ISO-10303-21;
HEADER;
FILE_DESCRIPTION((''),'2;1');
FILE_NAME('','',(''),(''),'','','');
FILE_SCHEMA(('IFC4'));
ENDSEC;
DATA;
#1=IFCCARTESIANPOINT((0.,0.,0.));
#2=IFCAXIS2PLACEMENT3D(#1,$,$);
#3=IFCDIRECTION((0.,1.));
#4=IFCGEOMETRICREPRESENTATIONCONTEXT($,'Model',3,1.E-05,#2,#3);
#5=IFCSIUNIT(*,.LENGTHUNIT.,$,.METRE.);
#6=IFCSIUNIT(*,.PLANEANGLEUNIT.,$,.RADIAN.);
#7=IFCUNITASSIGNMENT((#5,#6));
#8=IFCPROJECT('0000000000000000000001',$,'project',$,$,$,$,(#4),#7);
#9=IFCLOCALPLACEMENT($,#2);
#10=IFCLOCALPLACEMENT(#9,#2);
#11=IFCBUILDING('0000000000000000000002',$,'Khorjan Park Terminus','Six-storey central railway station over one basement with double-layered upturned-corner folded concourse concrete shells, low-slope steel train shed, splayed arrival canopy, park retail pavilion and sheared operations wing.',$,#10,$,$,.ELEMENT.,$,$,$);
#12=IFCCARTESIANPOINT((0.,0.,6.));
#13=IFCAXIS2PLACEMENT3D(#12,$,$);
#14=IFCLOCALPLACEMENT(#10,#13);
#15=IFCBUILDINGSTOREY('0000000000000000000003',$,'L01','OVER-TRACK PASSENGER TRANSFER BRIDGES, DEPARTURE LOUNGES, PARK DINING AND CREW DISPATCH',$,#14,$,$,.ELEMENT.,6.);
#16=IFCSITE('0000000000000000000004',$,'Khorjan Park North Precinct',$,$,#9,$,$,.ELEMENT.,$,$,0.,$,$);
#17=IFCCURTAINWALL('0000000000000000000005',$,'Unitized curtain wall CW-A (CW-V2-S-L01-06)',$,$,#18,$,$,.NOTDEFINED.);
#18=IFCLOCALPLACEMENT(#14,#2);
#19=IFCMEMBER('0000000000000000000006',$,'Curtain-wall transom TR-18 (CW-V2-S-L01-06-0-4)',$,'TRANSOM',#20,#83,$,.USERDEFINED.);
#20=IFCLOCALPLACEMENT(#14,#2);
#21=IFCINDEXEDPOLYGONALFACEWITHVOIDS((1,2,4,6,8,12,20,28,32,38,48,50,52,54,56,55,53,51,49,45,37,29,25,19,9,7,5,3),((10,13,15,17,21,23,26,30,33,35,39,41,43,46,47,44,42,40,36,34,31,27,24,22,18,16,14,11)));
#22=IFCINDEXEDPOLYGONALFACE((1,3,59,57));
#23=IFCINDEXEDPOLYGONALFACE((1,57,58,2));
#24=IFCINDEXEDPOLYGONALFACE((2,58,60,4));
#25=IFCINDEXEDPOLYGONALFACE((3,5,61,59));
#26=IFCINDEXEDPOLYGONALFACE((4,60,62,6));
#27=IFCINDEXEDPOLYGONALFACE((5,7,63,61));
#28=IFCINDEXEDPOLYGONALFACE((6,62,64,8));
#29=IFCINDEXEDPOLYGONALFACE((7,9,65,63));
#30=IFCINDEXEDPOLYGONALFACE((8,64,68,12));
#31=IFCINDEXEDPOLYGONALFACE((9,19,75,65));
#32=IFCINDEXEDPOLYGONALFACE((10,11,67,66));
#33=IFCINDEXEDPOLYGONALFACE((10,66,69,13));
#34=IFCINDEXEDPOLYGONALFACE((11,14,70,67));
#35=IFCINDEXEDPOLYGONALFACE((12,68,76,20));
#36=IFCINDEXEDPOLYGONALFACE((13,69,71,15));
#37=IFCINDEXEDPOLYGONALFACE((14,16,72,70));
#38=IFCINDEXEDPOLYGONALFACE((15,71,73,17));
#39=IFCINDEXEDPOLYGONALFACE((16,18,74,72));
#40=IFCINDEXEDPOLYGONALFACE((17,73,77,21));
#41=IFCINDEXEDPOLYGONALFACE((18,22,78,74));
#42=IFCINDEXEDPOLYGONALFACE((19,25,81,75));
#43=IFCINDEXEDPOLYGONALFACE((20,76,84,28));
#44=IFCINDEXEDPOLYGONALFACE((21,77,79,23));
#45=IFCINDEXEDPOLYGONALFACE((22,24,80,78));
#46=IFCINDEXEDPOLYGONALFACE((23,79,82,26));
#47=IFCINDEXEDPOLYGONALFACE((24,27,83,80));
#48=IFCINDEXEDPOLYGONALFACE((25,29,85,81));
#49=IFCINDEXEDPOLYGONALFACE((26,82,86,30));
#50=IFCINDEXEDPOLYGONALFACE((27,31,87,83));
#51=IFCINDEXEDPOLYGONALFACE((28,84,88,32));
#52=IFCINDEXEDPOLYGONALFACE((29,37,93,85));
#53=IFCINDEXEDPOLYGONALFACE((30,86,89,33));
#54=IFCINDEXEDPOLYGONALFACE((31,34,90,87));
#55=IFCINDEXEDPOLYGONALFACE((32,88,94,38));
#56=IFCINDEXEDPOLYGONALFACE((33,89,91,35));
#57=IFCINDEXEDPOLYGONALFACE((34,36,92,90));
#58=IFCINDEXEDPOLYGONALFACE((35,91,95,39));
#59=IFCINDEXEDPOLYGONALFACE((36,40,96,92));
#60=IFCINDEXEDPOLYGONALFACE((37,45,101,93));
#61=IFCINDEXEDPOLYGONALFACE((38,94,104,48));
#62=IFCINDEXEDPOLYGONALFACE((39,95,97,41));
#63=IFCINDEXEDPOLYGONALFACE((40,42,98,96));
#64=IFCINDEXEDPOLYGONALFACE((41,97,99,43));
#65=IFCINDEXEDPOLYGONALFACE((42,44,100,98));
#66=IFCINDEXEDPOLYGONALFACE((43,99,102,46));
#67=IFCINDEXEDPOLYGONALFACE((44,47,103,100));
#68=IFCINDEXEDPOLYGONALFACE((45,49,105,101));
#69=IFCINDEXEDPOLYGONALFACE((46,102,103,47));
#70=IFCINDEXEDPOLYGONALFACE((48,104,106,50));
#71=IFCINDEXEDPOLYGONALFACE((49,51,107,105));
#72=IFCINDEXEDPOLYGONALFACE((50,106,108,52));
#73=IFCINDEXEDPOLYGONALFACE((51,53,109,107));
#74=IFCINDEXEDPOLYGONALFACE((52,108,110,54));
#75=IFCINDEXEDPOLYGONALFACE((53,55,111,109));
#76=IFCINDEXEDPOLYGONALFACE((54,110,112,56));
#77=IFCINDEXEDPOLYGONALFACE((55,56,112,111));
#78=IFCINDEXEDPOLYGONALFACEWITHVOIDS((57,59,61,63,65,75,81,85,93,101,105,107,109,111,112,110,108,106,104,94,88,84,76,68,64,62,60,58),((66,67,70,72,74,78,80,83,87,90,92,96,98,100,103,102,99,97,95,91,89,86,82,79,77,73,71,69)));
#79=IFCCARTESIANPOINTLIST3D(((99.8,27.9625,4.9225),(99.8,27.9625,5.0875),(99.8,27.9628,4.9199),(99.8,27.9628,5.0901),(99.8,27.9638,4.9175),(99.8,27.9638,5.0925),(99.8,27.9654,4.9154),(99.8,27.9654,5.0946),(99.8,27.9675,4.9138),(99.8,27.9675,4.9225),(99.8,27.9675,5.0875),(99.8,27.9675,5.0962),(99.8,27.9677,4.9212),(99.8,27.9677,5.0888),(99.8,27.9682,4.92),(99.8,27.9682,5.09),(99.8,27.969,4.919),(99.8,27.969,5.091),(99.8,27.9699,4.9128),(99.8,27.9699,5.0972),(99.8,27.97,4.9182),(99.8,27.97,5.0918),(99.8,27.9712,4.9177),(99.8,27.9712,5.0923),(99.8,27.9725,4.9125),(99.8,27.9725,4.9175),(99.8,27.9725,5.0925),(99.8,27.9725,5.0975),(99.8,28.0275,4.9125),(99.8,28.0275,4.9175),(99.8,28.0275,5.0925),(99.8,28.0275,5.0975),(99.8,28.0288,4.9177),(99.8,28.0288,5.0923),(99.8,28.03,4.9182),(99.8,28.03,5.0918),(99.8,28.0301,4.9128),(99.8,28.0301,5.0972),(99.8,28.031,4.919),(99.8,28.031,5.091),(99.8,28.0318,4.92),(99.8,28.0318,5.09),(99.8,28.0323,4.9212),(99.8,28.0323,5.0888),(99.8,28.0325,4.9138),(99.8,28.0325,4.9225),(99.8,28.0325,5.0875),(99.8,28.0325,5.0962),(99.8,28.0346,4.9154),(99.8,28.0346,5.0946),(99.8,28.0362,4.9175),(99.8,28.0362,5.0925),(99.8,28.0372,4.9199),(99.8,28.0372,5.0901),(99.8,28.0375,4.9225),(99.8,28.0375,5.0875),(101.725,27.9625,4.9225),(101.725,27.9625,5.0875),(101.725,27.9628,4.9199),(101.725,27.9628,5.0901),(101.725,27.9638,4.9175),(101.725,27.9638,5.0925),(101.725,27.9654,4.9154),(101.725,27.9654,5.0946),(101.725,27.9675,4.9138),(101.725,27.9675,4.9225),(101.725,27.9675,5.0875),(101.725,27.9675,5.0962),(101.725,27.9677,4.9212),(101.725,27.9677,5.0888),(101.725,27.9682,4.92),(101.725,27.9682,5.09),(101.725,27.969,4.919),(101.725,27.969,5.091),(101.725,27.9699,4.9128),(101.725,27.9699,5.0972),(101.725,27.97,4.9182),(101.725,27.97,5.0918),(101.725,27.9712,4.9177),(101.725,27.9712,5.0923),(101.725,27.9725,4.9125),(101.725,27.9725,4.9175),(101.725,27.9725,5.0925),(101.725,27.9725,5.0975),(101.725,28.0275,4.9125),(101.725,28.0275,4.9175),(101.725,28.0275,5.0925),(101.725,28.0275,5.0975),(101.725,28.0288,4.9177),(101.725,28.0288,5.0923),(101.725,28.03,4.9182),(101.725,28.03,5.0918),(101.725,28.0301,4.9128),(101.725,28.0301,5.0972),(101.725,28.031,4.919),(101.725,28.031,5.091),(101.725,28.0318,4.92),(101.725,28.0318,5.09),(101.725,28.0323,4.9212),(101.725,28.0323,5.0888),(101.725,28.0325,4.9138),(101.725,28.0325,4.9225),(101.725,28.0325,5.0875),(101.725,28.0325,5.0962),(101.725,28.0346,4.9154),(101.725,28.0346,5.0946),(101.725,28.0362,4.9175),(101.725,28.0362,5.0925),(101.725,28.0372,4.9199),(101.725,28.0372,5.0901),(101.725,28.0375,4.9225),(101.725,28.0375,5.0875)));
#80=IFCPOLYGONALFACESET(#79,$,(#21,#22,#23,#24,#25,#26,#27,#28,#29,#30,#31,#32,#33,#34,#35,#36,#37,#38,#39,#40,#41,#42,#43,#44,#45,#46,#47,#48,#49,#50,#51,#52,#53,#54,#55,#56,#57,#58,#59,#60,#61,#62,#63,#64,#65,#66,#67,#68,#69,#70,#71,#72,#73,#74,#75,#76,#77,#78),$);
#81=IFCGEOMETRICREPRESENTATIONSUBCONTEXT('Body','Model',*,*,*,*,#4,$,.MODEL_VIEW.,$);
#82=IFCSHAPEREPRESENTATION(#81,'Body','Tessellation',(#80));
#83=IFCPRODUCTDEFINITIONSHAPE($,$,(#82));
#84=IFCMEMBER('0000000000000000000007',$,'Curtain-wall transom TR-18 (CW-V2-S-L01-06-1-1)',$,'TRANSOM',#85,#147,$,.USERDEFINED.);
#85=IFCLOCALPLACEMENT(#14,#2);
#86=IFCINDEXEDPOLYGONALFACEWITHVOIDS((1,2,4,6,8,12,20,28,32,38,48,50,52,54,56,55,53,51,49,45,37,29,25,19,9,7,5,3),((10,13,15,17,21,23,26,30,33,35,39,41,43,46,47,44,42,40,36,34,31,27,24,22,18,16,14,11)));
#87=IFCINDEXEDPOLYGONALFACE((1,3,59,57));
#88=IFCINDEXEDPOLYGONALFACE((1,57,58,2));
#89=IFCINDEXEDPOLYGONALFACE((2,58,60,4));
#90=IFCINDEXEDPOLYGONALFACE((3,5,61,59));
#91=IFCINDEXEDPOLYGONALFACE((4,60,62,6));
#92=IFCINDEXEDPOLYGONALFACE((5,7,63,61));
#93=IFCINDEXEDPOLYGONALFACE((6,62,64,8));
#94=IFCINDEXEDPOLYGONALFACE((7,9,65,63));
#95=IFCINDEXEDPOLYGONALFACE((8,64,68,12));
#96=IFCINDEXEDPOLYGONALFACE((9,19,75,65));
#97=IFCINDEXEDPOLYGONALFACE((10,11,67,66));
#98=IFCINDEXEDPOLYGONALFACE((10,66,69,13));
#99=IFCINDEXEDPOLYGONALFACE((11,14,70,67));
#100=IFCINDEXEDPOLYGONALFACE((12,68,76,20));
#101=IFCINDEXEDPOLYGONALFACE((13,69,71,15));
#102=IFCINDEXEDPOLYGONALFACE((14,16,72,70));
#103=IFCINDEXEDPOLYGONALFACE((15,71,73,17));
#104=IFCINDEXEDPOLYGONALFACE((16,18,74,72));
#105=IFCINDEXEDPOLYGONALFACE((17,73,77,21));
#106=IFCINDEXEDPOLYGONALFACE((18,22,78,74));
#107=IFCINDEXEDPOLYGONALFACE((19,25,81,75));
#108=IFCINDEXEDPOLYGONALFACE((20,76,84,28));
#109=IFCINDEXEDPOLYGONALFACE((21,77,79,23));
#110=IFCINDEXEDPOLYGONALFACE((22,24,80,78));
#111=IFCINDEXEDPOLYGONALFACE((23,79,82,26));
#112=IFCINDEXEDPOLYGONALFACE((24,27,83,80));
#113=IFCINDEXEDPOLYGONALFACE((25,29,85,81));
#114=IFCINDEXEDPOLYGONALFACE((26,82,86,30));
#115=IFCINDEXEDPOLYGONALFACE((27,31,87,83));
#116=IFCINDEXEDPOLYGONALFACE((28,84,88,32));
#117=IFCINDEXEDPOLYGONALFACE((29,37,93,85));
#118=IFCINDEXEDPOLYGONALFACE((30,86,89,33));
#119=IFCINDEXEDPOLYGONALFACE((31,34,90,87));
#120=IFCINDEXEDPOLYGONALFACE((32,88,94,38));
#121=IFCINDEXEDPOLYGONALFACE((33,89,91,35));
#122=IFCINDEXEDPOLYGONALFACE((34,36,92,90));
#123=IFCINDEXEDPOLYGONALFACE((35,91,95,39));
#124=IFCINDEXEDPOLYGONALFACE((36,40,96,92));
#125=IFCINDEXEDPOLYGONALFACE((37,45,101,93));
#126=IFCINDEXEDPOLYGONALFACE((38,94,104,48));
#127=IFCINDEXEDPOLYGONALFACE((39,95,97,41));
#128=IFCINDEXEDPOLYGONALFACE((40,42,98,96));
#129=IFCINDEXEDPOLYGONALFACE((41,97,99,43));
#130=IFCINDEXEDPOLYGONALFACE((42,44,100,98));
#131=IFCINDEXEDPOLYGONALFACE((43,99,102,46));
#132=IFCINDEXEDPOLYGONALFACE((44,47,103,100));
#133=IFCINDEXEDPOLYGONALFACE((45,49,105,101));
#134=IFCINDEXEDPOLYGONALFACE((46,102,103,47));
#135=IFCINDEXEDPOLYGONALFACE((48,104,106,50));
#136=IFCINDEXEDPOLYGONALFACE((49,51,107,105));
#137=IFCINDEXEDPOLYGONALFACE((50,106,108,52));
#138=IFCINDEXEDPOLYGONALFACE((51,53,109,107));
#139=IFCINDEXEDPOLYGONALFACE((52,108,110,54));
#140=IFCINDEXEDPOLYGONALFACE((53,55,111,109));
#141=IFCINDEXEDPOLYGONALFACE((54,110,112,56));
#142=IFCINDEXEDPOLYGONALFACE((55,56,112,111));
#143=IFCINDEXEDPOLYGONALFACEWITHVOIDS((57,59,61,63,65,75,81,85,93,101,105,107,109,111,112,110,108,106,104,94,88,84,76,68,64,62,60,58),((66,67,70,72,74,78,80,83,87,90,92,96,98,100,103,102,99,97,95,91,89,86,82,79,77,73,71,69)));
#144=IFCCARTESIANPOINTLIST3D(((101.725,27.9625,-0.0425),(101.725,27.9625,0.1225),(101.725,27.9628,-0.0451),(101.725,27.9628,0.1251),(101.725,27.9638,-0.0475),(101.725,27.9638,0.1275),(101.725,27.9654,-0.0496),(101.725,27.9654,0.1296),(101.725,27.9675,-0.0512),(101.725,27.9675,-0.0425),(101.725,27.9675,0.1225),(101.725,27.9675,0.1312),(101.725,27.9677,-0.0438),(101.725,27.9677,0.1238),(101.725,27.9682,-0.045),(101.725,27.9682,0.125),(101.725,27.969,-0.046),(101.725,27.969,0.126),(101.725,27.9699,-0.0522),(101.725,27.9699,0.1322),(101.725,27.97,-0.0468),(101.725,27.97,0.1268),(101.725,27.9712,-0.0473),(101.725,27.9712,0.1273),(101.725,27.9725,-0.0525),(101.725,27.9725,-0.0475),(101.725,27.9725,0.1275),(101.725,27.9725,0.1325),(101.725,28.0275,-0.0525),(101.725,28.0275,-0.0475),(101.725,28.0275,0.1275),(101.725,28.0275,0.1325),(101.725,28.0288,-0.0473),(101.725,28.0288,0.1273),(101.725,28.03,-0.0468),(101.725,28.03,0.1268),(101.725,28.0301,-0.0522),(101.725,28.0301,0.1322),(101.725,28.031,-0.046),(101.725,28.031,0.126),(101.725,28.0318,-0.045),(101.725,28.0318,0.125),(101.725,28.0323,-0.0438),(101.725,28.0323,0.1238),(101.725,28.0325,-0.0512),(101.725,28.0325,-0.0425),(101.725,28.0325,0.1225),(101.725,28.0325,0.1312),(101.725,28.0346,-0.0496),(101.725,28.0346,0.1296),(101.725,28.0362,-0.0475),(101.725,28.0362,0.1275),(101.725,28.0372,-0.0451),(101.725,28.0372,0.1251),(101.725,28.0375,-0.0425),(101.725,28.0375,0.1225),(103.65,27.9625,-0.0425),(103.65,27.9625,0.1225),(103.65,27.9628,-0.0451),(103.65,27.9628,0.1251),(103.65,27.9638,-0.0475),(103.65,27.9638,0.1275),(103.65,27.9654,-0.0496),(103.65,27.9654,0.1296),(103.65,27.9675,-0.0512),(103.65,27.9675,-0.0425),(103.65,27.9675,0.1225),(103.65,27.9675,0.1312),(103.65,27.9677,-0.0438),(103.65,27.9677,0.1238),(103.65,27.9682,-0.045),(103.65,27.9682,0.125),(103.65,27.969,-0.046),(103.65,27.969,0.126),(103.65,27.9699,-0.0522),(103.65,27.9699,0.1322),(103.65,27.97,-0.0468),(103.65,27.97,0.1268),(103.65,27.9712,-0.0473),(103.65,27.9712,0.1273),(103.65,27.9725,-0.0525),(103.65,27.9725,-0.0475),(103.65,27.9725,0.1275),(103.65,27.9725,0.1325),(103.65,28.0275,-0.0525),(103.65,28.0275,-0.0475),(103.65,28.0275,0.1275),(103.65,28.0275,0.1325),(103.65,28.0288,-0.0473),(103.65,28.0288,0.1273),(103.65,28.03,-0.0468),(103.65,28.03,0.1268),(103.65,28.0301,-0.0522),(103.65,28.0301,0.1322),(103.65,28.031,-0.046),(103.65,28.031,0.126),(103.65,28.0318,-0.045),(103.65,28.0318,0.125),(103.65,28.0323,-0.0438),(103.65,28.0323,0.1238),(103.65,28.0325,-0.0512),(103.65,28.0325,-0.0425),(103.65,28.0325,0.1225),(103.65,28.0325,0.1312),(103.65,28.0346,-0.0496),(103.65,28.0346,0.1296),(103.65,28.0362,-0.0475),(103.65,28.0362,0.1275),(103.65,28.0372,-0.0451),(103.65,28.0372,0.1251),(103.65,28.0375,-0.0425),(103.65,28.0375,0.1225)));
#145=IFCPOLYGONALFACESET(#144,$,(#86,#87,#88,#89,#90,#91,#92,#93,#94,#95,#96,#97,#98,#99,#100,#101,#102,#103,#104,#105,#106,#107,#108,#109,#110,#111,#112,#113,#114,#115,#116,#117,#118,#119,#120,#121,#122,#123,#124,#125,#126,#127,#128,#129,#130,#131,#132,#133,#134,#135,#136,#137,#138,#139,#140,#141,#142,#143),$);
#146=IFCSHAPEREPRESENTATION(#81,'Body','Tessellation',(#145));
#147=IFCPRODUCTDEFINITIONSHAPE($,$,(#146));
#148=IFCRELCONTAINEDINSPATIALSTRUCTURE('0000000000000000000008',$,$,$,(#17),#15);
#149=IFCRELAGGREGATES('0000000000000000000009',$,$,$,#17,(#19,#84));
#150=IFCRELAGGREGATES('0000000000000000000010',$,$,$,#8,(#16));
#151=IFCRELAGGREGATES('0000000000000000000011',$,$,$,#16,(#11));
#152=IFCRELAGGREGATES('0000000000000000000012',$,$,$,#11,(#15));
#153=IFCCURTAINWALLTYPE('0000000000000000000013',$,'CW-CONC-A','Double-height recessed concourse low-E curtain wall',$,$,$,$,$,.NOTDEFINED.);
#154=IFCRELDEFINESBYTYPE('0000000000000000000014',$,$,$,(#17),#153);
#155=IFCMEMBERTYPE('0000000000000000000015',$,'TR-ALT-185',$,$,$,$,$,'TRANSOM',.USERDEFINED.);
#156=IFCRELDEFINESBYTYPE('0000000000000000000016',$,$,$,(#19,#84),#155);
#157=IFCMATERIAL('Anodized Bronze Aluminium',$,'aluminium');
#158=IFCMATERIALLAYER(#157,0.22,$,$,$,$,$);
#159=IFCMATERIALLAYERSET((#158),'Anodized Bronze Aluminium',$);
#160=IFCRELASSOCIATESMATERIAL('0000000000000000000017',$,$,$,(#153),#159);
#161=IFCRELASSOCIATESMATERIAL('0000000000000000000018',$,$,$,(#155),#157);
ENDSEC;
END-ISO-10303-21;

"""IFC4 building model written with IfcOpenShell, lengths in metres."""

from ifc_helpers import new_model, si_unit, direction, frame, origin, origin_2d, place, context, subcontext, project, spatial, hollow_rectangle, extrude, material, layer, layer_set, material_profile, profile_set, type_object, element, aggregate, save


model = new_model("IFC4")

# Units and contexts
model_context = context("Model", 3, precision=1e-05, world=origin(), true_north=direction((0.0, 1.0)))
body_context = subcontext(model_context, "Body", "Model", "MODEL_VIEW")
ifc_project = project(units=[si_unit("LENGTHUNIT", "METRE"), si_unit("PLANEANGLEUNIT", "RADIAN")], contexts=[model_context])

# Site, building, storey
site_placement = place(None, origin())
site = spatial("IfcSite", under=ifc_project, at=site_placement, Name="Khorjan Park North Precinct", CompositionType="ELEMENT", RefElevation=0.0)
building_placement = place(site_placement, origin())
building = spatial("IfcBuilding", under=site, at=building_placement, Name="Khorjan Park Terminus", Description="Six-storey central railway station over one basement with double-layered upturned-corner folded concourse concrete shells, low-slope steel train shed, splayed arrival canopy, park retail pavilion and sheared operations wing.", CompositionType="ELEMENT")
storey_placement = place(building_placement, frame((0.0, 0.0, 6.0)))
storey = spatial("IfcBuildingStorey", under=building, at=storey_placement, Name="L01", Description="OVER-TRACK PASSENGER TRANSFER BRIDGES, DEPARTURE LOUNGES, PARK DINING AND CREW DISPATCH", CompositionType="ELEMENT", Elevation=6.0)

# Shared definitions
ifc_material_1 = material(Name="Anodized Bronze Aluminium", Category="aluminium")
ifc_layer_1 = layer(ifc_material_1, 0.22)
ifc_layer_set_1 = layer_set([ifc_layer_1], Name="Anodized Bronze Aluminium")
curtain_wall_type = type_object("IfcCurtainWallType", Name="CW-CONC-A", Description="Double-height recessed concourse low-E curtain wall", PredefinedType="NOTDEFINED", material=ifc_layer_set_1)

# Curtain wall, members
curtain_wall_1_placement = place(storey_placement, origin())
curtain_wall_1 = element("IfcCurtainWall", 1, at=curtain_wall_1_placement, inside=storey, type_object=curtain_wall_type, Name="Unitized curtain wall CW-A (CW-V2-S-L01-06)", PredefinedType="NOTDEFINED")
ifc_material_profile_1 = material_profile(ifc_material_1, hollow_rectangle(XDim=0.075, YDim=0.185, WallThickness=0.005, InnerFilletRadius=0.005, OuterFilletRadius=0.01, at=origin_2d()), Name="ALT 75x185x5")
ifc_profile_set_1 = profile_set([ifc_material_profile_1], Name="Anodized Bronze Aluminium")
member_type_1 = type_object("IfcMemberType", Name="TR-ALT-185", ElementType="TRANSOM", PredefinedType="USERDEFINED", material=ifc_profile_set_1)
member_1_placement = place(storey_placement, frame((99.8, 28.0, 5.005), z_axis=(1.0, 0.0, 0.0), x_axis=(0.0, 1.0, 0.0)))
member_1 = element("IfcMember", 2, at=member_1_placement, type_object=member_type_1, Name="Curtain-wall transom TR-18 (CW-V2-S-L01-06-0-4)", ObjectType="TRANSOM", PredefinedType="USERDEFINED", context=body_context, shape_type="SweptSolid", body=[
    extrude(hollow_rectangle(XDim=0.075, YDim=0.185, WallThickness=0.005, InnerFilletRadius=0.005, OuterFilletRadius=0.01, at=origin_2d()), origin(), (0.0, 0.0, 1.0), 1.925),
])
member_2_placement = place(storey_placement, frame((101.725, 28.0, 0.04), z_axis=(1.0, 0.0, 0.0), x_axis=(0.0, 1.0, 0.0)))
member_2 = element("IfcMember", 3, at=member_2_placement, type_object=member_type_1, Name="Curtain-wall transom TR-18 (CW-V2-S-L01-06-1-1)", ObjectType="TRANSOM", PredefinedType="USERDEFINED", context=body_context, shape_type="SweptSolid", body=[
    extrude(hollow_rectangle(XDim=0.075, YDim=0.185, WallThickness=0.005, InnerFilletRadius=0.005, OuterFilletRadius=0.01, at=origin_2d()), origin(), (0.0, 0.0, 1.0), 1.925),
])

aggregate(curtain_wall_1, [member_1, member_2])

save(model, "model.ifc")
